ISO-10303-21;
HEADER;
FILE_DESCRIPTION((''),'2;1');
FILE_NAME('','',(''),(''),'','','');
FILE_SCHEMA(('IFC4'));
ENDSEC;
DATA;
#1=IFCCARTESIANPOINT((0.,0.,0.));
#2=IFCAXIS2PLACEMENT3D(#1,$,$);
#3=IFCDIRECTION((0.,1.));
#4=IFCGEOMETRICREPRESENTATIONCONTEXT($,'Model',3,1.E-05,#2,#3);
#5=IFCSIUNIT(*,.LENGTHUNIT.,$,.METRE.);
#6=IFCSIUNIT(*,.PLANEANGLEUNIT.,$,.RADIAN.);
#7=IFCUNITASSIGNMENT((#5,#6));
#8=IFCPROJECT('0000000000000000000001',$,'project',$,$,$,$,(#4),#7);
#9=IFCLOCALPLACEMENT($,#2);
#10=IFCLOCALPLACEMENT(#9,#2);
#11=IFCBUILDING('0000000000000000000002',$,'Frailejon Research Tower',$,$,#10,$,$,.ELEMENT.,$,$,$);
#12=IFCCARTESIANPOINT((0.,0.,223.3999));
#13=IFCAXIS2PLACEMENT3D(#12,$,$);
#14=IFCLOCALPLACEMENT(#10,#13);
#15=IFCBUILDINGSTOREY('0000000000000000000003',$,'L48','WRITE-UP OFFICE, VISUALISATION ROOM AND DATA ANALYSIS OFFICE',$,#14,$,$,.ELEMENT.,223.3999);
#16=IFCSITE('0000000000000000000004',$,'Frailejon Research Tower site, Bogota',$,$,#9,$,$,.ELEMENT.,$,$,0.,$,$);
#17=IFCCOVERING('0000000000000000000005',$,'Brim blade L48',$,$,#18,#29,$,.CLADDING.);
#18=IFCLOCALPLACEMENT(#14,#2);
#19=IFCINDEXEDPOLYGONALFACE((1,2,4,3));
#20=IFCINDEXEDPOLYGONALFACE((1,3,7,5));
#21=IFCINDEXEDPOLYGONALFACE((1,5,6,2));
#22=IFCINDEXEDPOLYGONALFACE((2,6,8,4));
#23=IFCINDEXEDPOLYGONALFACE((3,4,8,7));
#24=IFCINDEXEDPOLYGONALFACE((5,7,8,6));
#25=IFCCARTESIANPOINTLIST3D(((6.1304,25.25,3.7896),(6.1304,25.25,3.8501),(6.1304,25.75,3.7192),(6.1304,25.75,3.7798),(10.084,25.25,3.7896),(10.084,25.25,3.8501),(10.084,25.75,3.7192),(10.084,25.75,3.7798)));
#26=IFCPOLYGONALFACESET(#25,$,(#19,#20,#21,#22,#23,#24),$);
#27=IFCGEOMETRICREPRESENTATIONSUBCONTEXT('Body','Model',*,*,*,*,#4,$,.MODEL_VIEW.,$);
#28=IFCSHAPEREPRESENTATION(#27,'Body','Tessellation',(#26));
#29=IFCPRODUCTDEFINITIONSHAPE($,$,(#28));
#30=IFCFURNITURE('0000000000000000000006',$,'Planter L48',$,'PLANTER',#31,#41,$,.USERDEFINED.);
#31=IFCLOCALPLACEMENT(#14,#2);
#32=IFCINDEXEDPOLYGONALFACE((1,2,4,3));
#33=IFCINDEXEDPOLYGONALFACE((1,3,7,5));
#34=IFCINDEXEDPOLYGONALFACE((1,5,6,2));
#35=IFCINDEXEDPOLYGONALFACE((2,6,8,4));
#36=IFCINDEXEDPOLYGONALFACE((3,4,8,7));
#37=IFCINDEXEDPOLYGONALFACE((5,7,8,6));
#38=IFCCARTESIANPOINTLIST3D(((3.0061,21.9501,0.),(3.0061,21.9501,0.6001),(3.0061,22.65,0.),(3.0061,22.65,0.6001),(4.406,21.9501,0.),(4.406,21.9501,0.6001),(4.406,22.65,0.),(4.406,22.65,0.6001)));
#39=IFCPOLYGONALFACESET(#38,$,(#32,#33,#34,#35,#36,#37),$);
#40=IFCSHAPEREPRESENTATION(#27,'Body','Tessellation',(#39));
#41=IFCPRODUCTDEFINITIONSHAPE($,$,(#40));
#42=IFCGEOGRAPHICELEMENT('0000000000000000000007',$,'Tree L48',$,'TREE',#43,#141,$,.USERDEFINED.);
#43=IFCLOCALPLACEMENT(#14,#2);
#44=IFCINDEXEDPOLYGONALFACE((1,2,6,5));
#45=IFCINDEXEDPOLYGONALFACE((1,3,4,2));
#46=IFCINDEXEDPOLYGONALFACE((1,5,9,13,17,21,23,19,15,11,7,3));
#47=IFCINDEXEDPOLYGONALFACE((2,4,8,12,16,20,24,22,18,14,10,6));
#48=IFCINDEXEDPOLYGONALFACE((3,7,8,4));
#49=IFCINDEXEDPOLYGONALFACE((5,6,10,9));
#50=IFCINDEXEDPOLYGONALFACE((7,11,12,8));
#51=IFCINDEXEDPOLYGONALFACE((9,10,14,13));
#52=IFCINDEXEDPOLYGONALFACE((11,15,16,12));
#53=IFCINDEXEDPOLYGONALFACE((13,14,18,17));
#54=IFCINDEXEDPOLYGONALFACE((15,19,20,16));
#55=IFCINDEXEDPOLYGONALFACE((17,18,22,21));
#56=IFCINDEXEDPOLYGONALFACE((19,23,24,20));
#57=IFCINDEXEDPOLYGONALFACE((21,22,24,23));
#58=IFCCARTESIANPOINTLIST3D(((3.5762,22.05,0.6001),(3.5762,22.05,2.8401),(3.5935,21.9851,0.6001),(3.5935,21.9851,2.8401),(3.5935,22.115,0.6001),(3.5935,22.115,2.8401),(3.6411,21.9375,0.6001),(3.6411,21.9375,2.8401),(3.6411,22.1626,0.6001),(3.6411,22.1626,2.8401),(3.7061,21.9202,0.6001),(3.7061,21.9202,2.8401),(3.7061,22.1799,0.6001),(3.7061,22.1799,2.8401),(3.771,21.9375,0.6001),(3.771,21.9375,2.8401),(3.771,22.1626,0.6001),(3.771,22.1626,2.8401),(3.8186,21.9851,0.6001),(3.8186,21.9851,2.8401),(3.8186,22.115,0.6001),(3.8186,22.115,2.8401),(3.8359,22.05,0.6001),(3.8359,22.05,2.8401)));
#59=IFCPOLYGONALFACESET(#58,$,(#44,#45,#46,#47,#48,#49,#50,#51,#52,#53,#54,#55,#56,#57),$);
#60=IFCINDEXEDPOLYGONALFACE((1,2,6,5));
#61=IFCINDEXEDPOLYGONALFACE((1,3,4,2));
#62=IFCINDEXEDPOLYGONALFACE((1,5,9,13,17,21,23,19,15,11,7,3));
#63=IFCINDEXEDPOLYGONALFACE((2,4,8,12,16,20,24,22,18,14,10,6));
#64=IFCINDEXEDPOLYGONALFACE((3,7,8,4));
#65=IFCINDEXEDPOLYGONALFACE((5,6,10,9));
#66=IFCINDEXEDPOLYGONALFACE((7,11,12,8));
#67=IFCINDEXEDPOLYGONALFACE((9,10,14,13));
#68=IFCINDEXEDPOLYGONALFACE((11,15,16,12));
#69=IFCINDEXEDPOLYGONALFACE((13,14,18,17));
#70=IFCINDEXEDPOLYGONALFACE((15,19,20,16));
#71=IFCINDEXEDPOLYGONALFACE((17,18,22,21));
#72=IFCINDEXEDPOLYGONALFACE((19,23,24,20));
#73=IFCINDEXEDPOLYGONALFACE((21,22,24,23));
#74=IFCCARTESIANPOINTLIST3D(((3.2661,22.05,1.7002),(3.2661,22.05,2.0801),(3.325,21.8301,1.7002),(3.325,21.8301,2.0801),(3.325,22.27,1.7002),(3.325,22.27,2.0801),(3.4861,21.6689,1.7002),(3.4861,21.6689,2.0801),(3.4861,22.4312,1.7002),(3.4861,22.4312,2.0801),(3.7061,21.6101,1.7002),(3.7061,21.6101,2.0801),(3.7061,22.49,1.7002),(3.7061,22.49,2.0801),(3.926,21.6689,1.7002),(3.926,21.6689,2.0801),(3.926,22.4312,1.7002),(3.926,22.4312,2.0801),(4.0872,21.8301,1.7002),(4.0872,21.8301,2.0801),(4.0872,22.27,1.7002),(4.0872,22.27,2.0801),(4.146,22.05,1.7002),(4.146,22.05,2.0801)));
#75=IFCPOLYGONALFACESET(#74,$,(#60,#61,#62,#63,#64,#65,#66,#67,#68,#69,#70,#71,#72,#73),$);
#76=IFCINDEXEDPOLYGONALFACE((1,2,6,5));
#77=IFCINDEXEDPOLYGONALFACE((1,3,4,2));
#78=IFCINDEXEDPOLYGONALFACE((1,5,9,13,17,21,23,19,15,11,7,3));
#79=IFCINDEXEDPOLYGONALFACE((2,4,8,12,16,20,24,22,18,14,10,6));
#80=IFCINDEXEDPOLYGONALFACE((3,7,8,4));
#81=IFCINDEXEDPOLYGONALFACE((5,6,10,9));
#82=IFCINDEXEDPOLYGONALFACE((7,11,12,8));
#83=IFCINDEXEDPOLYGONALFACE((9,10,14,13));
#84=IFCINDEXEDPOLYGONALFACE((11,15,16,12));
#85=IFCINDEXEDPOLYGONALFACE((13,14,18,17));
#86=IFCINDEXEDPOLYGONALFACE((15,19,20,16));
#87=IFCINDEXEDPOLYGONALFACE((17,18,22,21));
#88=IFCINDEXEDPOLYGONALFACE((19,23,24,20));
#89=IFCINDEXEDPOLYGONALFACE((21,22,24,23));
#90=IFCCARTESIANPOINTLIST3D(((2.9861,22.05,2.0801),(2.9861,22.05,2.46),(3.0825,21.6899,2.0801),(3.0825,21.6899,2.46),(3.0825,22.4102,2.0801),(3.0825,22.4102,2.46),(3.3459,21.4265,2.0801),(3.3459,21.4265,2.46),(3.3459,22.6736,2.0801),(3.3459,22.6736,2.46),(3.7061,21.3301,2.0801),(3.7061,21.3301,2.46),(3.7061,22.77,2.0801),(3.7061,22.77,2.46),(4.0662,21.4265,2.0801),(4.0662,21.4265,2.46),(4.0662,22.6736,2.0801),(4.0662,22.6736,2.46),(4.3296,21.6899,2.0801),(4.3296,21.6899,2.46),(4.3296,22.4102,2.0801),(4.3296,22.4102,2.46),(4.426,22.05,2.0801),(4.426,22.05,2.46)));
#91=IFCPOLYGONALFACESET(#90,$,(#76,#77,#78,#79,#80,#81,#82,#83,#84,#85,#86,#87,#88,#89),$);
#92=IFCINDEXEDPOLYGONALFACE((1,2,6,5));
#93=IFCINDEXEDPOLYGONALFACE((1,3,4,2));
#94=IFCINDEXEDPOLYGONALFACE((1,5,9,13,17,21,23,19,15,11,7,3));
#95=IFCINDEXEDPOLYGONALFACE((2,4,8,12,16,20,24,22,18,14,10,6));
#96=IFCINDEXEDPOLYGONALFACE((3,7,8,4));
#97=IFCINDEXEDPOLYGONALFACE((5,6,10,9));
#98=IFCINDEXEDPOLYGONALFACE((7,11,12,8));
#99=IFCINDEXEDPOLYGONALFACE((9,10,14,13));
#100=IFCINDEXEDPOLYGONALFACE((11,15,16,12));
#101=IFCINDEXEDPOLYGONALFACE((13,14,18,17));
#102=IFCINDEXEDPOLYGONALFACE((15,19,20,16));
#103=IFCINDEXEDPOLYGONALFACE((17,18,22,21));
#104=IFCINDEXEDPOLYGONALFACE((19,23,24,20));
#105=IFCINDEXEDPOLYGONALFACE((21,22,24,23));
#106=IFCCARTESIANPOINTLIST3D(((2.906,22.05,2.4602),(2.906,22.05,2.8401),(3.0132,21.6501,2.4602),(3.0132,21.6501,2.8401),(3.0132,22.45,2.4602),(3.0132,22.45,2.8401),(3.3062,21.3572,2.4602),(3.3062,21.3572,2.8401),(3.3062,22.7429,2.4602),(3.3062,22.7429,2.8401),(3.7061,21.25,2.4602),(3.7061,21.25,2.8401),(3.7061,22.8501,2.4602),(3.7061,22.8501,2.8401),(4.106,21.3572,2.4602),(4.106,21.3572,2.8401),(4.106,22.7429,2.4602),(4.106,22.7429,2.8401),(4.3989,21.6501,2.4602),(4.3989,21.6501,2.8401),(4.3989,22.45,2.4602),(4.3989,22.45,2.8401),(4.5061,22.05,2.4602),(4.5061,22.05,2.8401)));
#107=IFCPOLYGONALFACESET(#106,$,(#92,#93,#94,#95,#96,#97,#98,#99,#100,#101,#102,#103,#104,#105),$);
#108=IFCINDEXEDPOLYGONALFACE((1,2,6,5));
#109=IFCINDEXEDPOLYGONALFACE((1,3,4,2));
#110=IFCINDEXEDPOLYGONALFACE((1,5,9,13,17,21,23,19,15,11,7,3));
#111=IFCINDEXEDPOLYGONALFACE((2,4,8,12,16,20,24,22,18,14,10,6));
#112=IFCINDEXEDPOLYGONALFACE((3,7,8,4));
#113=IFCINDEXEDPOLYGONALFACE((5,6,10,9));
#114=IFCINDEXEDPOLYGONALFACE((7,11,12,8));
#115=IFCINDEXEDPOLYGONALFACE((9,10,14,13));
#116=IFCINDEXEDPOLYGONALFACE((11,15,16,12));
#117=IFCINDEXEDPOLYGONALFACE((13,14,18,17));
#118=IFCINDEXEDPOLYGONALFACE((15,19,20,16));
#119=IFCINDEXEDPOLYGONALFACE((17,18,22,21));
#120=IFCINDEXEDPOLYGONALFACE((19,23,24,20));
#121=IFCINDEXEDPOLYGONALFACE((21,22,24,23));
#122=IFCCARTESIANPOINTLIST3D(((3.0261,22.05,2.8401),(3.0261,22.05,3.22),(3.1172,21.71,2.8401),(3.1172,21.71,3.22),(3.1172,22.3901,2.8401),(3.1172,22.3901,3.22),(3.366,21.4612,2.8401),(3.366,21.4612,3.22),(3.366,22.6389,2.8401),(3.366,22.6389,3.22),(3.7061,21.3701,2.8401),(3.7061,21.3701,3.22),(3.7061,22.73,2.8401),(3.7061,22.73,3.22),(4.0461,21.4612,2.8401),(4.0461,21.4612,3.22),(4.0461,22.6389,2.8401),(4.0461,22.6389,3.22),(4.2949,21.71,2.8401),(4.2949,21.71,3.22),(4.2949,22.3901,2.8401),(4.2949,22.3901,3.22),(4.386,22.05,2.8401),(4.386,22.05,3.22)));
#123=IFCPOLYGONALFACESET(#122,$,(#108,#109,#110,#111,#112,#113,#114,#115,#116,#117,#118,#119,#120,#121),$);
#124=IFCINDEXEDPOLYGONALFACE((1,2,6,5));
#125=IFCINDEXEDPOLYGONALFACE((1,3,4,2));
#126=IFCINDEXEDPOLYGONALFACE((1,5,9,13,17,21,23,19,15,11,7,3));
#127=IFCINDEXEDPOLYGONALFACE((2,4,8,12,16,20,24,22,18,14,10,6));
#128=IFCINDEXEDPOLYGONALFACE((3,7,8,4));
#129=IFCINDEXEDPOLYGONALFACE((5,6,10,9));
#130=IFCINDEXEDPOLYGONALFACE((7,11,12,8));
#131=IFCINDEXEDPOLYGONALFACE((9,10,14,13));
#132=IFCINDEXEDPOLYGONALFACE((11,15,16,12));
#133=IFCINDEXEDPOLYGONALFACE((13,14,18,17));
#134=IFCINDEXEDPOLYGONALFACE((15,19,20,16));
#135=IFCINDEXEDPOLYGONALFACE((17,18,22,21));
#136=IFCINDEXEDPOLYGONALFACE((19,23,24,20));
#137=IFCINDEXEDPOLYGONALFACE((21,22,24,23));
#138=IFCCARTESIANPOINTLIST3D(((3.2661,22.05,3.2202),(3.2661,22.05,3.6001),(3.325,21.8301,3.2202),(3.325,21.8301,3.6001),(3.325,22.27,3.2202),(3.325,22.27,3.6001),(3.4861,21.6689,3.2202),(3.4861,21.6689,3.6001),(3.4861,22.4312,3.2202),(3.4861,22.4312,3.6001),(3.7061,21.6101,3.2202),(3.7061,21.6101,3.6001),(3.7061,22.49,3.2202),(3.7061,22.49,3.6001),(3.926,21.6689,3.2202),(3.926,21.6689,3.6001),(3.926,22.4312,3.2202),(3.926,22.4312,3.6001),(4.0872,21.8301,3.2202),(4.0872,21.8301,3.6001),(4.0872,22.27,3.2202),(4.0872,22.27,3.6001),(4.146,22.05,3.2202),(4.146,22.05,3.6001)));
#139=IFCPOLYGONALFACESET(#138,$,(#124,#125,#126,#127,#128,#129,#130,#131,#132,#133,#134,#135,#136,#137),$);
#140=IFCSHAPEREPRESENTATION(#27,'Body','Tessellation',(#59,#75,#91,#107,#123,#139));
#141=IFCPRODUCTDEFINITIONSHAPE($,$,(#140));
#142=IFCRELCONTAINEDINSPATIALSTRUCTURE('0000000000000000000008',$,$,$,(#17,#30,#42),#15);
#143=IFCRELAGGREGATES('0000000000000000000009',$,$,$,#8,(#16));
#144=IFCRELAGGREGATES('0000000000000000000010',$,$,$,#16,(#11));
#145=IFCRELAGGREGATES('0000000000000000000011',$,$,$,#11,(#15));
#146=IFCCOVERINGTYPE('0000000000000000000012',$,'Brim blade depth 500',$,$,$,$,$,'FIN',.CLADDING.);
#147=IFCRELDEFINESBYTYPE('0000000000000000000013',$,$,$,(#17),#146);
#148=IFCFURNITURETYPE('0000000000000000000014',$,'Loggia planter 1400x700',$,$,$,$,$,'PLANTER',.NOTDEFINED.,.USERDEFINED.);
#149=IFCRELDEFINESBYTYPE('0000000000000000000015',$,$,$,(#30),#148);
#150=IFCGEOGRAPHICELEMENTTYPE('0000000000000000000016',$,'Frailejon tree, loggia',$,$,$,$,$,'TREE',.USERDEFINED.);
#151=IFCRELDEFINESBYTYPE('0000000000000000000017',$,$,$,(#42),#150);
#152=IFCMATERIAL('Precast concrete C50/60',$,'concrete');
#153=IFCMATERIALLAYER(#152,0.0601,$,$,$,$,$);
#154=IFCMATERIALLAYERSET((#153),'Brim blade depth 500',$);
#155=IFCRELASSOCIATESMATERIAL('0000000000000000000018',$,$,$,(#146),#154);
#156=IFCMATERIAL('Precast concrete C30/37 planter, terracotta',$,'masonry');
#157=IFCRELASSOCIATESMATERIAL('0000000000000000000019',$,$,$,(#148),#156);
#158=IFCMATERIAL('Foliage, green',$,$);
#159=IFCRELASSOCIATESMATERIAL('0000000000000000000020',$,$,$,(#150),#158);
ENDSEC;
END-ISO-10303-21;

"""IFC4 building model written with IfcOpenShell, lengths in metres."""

from ifc_helpers import new_model, si_unit, direction, frame, origin, origin_2d, place, context, subcontext, project, spatial, polyline, rectangle, outline, extrude, material, layer, layer_set, type_object, element, save


model = new_model("IFC4")

# Units and contexts
model_context = context("Model", 3, precision=1e-05, world=origin(), true_north=direction((0.0, 1.0)))
body_context = subcontext(model_context, "Body", "Model", "MODEL_VIEW")
ifc_project = project(units=[si_unit("LENGTHUNIT", "METRE"), si_unit("PLANEANGLEUNIT", "RADIAN")], contexts=[model_context])

# Site, building, storey
site_placement = place(None, origin())
site = spatial("IfcSite", under=ifc_project, at=site_placement, Name="Frailejon Research Tower site, Bogota", CompositionType="ELEMENT", RefElevation=0.0)
building_placement = place(site_placement, origin())
building = spatial("IfcBuilding", under=site, at=building_placement, Name="Frailejon Research Tower", CompositionType="ELEMENT")
storey_placement = place(building_placement, frame((0.0, 0.0, 223.3999)))
storey = spatial("IfcBuildingStorey", under=building, at=storey_placement, Name="L48", Description="WRITE-UP OFFICE, VISUALISATION ROOM AND DATA ANALYSIS OFFICE", CompositionType="ELEMENT", Elevation=223.3999)

# Covering
ifc_material_1 = material(Name="Precast concrete C50/60", Category="concrete")
ifc_layer_1 = layer(ifc_material_1, 0.0601)
ifc_layer_set_1 = layer_set([ifc_layer_1], Name="Brim blade depth 500")
covering_type_1 = type_object("IfcCoveringType", Name="Brim blade depth 500", ElementType="FIN", PredefinedType="CLADDING", material=ifc_layer_set_1)
covering_1_placement = place(storey_placement, frame((6.1304, 25.25, 3.8501), z_axis=(1.0, 0.0, 0.0), x_axis=(0.0, 1.0, 0.0)))
element("IfcCovering", 1, at=covering_1_placement, inside=storey, type_object=covering_type_1, Name="Brim blade L48", PredefinedType="CLADDING", context=body_context, shape_type="SweptSolid", body=[
    extrude(outline(polyline([(0.0, -0.0605), (0.5, -0.1309), (0.5, -0.0703), (0.0, 0.0), (0.0, -0.0605)])), origin(), (0.0, 0.0, 1.0), 3.9536),
])

# Furniture
ifc_material_2 = material(Name="Precast concrete C30/37 planter, terracotta", Category="masonry")
furniture_type = type_object("IfcFurnitureType", Name="Loggia planter 1400x700", ElementType="PLANTER", AssemblyPlace="NOTDEFINED", PredefinedType="USERDEFINED", material=ifc_material_2)
furniture_placement = place(storey_placement, frame((3.7061, 22.3, 0.0), z_axis=(0.0, 0.0, 1.0), x_axis=(-1.0, 0.0, 0.0)))
element("IfcFurniture", 2, at=furniture_placement, inside=storey, type_object=furniture_type, Name="Planter L48", ObjectType="PLANTER", PredefinedType="USERDEFINED", context=body_context, shape_type="SweptSolid", body=[
    extrude(rectangle(XDim=1.3999, YDim=0.7, at=origin_2d()), origin(), (0.0, 0.0, 1.0), 0.6001),
])

# Geographic element
ifc_material_3 = material(Name="Foliage, green")
geographic_element_type = type_object("IfcGeographicElementType", Name="Frailejon tree, loggia", ElementType="TREE", PredefinedType="USERDEFINED", material=ifc_material_3)
geographic_element_placement = place(storey_placement, frame((3.7061, 22.05, 0.6001)))
element("IfcGeographicElement", 3, at=geographic_element_placement, inside=storey, type_object=geographic_element_type, Name="Tree L48", ObjectType="TREE", PredefinedType="USERDEFINED", context=body_context, shape_type="SweptSolid", body=[
    extrude(outline(polyline([(0.1299, 0.0), (0.1125, 0.0649), (0.0649, 0.1125), (0.0, 0.1299), (-0.0649, 0.1125), (-0.1125, 0.0649), (-0.1299, 0.0), (-0.1125, -0.0649), (-0.0649, -0.1125), (0.0, -0.1299), (0.0649, -0.1125), (0.1125, -0.0649), (0.1299, 0.0)])), origin(), (0.0, 0.0, 1.0), 2.24),
    extrude(outline(polyline([(0.4399, 0.0), (0.3811, 0.22), (0.22, 0.3811), (0.0, 0.4399), (-0.22, 0.3811), (-0.3811, 0.22), (-0.4399, 0.0), (-0.3811, -0.22), (-0.22, -0.3811), (0.0, -0.4399), (0.22, -0.3811), (0.3811, -0.22), (0.4399, 0.0)])), frame((0.0, 0.0, 1.1001)), (0.0, 0.0, 1.0), 0.3799),
    extrude(outline(polyline([(0.72, 0.0), (0.6235, 0.3601), (0.3601, 0.6235), (0.0, 0.72), (-0.3601, 0.6235), (-0.6235, 0.3601), (-0.72, 0.0), (-0.6235, -0.3601), (-0.3601, -0.6235), (0.0, -0.72), (0.3601, -0.6235), (0.6235, -0.3601), (0.72, 0.0)])), frame((0.0, 0.0, 1.48)), (0.0, 0.0, 1.0), 0.3799),
    extrude(outline(polyline([(0.8, 0.0), (0.6929, 0.3999), (0.3999, 0.6929), (0.0, 0.8), (-0.3999, 0.6929), (-0.6929, 0.3999), (-0.8, 0.0), (-0.6929, -0.3999), (-0.3999, -0.6929), (0.0, -0.8), (0.3999, -0.6929), (0.6929, -0.3999), (0.8, 0.0)])), frame((0.0, 0.0, 1.8601)), (0.0, 0.0, 1.0), 0.3799),
    extrude(outline(polyline([(0.6799, 0.0), (0.5889, 0.3401), (0.3401, 0.5889), (0.0, 0.6799), (-0.3401, 0.5889), (-0.5889, 0.3401), (-0.6799, 0.0), (-0.5889, -0.3401), (-0.3401, -0.5889), (0.0, -0.6799), (0.3401, -0.5889), (0.5889, -0.3401), (0.6799, 0.0)])), frame((0.0, 0.0, 2.24)), (0.0, 0.0, 1.0), 0.3799),
    extrude(outline(polyline([(0.4399, 0.0), (0.3811, 0.22), (0.22, 0.3811), (0.0, 0.4399), (-0.22, 0.3811), (-0.3811, 0.22), (-0.4399, 0.0), (-0.3811, -0.22), (-0.22, -0.3811), (0.0, -0.4399), (0.22, -0.3811), (0.3811, -0.22), (0.4399, 0.0)])), frame((0.0, 0.0, 2.6201)), (0.0, 0.0, 1.0), 0.3799),
])

save(model, "model.ifc")
